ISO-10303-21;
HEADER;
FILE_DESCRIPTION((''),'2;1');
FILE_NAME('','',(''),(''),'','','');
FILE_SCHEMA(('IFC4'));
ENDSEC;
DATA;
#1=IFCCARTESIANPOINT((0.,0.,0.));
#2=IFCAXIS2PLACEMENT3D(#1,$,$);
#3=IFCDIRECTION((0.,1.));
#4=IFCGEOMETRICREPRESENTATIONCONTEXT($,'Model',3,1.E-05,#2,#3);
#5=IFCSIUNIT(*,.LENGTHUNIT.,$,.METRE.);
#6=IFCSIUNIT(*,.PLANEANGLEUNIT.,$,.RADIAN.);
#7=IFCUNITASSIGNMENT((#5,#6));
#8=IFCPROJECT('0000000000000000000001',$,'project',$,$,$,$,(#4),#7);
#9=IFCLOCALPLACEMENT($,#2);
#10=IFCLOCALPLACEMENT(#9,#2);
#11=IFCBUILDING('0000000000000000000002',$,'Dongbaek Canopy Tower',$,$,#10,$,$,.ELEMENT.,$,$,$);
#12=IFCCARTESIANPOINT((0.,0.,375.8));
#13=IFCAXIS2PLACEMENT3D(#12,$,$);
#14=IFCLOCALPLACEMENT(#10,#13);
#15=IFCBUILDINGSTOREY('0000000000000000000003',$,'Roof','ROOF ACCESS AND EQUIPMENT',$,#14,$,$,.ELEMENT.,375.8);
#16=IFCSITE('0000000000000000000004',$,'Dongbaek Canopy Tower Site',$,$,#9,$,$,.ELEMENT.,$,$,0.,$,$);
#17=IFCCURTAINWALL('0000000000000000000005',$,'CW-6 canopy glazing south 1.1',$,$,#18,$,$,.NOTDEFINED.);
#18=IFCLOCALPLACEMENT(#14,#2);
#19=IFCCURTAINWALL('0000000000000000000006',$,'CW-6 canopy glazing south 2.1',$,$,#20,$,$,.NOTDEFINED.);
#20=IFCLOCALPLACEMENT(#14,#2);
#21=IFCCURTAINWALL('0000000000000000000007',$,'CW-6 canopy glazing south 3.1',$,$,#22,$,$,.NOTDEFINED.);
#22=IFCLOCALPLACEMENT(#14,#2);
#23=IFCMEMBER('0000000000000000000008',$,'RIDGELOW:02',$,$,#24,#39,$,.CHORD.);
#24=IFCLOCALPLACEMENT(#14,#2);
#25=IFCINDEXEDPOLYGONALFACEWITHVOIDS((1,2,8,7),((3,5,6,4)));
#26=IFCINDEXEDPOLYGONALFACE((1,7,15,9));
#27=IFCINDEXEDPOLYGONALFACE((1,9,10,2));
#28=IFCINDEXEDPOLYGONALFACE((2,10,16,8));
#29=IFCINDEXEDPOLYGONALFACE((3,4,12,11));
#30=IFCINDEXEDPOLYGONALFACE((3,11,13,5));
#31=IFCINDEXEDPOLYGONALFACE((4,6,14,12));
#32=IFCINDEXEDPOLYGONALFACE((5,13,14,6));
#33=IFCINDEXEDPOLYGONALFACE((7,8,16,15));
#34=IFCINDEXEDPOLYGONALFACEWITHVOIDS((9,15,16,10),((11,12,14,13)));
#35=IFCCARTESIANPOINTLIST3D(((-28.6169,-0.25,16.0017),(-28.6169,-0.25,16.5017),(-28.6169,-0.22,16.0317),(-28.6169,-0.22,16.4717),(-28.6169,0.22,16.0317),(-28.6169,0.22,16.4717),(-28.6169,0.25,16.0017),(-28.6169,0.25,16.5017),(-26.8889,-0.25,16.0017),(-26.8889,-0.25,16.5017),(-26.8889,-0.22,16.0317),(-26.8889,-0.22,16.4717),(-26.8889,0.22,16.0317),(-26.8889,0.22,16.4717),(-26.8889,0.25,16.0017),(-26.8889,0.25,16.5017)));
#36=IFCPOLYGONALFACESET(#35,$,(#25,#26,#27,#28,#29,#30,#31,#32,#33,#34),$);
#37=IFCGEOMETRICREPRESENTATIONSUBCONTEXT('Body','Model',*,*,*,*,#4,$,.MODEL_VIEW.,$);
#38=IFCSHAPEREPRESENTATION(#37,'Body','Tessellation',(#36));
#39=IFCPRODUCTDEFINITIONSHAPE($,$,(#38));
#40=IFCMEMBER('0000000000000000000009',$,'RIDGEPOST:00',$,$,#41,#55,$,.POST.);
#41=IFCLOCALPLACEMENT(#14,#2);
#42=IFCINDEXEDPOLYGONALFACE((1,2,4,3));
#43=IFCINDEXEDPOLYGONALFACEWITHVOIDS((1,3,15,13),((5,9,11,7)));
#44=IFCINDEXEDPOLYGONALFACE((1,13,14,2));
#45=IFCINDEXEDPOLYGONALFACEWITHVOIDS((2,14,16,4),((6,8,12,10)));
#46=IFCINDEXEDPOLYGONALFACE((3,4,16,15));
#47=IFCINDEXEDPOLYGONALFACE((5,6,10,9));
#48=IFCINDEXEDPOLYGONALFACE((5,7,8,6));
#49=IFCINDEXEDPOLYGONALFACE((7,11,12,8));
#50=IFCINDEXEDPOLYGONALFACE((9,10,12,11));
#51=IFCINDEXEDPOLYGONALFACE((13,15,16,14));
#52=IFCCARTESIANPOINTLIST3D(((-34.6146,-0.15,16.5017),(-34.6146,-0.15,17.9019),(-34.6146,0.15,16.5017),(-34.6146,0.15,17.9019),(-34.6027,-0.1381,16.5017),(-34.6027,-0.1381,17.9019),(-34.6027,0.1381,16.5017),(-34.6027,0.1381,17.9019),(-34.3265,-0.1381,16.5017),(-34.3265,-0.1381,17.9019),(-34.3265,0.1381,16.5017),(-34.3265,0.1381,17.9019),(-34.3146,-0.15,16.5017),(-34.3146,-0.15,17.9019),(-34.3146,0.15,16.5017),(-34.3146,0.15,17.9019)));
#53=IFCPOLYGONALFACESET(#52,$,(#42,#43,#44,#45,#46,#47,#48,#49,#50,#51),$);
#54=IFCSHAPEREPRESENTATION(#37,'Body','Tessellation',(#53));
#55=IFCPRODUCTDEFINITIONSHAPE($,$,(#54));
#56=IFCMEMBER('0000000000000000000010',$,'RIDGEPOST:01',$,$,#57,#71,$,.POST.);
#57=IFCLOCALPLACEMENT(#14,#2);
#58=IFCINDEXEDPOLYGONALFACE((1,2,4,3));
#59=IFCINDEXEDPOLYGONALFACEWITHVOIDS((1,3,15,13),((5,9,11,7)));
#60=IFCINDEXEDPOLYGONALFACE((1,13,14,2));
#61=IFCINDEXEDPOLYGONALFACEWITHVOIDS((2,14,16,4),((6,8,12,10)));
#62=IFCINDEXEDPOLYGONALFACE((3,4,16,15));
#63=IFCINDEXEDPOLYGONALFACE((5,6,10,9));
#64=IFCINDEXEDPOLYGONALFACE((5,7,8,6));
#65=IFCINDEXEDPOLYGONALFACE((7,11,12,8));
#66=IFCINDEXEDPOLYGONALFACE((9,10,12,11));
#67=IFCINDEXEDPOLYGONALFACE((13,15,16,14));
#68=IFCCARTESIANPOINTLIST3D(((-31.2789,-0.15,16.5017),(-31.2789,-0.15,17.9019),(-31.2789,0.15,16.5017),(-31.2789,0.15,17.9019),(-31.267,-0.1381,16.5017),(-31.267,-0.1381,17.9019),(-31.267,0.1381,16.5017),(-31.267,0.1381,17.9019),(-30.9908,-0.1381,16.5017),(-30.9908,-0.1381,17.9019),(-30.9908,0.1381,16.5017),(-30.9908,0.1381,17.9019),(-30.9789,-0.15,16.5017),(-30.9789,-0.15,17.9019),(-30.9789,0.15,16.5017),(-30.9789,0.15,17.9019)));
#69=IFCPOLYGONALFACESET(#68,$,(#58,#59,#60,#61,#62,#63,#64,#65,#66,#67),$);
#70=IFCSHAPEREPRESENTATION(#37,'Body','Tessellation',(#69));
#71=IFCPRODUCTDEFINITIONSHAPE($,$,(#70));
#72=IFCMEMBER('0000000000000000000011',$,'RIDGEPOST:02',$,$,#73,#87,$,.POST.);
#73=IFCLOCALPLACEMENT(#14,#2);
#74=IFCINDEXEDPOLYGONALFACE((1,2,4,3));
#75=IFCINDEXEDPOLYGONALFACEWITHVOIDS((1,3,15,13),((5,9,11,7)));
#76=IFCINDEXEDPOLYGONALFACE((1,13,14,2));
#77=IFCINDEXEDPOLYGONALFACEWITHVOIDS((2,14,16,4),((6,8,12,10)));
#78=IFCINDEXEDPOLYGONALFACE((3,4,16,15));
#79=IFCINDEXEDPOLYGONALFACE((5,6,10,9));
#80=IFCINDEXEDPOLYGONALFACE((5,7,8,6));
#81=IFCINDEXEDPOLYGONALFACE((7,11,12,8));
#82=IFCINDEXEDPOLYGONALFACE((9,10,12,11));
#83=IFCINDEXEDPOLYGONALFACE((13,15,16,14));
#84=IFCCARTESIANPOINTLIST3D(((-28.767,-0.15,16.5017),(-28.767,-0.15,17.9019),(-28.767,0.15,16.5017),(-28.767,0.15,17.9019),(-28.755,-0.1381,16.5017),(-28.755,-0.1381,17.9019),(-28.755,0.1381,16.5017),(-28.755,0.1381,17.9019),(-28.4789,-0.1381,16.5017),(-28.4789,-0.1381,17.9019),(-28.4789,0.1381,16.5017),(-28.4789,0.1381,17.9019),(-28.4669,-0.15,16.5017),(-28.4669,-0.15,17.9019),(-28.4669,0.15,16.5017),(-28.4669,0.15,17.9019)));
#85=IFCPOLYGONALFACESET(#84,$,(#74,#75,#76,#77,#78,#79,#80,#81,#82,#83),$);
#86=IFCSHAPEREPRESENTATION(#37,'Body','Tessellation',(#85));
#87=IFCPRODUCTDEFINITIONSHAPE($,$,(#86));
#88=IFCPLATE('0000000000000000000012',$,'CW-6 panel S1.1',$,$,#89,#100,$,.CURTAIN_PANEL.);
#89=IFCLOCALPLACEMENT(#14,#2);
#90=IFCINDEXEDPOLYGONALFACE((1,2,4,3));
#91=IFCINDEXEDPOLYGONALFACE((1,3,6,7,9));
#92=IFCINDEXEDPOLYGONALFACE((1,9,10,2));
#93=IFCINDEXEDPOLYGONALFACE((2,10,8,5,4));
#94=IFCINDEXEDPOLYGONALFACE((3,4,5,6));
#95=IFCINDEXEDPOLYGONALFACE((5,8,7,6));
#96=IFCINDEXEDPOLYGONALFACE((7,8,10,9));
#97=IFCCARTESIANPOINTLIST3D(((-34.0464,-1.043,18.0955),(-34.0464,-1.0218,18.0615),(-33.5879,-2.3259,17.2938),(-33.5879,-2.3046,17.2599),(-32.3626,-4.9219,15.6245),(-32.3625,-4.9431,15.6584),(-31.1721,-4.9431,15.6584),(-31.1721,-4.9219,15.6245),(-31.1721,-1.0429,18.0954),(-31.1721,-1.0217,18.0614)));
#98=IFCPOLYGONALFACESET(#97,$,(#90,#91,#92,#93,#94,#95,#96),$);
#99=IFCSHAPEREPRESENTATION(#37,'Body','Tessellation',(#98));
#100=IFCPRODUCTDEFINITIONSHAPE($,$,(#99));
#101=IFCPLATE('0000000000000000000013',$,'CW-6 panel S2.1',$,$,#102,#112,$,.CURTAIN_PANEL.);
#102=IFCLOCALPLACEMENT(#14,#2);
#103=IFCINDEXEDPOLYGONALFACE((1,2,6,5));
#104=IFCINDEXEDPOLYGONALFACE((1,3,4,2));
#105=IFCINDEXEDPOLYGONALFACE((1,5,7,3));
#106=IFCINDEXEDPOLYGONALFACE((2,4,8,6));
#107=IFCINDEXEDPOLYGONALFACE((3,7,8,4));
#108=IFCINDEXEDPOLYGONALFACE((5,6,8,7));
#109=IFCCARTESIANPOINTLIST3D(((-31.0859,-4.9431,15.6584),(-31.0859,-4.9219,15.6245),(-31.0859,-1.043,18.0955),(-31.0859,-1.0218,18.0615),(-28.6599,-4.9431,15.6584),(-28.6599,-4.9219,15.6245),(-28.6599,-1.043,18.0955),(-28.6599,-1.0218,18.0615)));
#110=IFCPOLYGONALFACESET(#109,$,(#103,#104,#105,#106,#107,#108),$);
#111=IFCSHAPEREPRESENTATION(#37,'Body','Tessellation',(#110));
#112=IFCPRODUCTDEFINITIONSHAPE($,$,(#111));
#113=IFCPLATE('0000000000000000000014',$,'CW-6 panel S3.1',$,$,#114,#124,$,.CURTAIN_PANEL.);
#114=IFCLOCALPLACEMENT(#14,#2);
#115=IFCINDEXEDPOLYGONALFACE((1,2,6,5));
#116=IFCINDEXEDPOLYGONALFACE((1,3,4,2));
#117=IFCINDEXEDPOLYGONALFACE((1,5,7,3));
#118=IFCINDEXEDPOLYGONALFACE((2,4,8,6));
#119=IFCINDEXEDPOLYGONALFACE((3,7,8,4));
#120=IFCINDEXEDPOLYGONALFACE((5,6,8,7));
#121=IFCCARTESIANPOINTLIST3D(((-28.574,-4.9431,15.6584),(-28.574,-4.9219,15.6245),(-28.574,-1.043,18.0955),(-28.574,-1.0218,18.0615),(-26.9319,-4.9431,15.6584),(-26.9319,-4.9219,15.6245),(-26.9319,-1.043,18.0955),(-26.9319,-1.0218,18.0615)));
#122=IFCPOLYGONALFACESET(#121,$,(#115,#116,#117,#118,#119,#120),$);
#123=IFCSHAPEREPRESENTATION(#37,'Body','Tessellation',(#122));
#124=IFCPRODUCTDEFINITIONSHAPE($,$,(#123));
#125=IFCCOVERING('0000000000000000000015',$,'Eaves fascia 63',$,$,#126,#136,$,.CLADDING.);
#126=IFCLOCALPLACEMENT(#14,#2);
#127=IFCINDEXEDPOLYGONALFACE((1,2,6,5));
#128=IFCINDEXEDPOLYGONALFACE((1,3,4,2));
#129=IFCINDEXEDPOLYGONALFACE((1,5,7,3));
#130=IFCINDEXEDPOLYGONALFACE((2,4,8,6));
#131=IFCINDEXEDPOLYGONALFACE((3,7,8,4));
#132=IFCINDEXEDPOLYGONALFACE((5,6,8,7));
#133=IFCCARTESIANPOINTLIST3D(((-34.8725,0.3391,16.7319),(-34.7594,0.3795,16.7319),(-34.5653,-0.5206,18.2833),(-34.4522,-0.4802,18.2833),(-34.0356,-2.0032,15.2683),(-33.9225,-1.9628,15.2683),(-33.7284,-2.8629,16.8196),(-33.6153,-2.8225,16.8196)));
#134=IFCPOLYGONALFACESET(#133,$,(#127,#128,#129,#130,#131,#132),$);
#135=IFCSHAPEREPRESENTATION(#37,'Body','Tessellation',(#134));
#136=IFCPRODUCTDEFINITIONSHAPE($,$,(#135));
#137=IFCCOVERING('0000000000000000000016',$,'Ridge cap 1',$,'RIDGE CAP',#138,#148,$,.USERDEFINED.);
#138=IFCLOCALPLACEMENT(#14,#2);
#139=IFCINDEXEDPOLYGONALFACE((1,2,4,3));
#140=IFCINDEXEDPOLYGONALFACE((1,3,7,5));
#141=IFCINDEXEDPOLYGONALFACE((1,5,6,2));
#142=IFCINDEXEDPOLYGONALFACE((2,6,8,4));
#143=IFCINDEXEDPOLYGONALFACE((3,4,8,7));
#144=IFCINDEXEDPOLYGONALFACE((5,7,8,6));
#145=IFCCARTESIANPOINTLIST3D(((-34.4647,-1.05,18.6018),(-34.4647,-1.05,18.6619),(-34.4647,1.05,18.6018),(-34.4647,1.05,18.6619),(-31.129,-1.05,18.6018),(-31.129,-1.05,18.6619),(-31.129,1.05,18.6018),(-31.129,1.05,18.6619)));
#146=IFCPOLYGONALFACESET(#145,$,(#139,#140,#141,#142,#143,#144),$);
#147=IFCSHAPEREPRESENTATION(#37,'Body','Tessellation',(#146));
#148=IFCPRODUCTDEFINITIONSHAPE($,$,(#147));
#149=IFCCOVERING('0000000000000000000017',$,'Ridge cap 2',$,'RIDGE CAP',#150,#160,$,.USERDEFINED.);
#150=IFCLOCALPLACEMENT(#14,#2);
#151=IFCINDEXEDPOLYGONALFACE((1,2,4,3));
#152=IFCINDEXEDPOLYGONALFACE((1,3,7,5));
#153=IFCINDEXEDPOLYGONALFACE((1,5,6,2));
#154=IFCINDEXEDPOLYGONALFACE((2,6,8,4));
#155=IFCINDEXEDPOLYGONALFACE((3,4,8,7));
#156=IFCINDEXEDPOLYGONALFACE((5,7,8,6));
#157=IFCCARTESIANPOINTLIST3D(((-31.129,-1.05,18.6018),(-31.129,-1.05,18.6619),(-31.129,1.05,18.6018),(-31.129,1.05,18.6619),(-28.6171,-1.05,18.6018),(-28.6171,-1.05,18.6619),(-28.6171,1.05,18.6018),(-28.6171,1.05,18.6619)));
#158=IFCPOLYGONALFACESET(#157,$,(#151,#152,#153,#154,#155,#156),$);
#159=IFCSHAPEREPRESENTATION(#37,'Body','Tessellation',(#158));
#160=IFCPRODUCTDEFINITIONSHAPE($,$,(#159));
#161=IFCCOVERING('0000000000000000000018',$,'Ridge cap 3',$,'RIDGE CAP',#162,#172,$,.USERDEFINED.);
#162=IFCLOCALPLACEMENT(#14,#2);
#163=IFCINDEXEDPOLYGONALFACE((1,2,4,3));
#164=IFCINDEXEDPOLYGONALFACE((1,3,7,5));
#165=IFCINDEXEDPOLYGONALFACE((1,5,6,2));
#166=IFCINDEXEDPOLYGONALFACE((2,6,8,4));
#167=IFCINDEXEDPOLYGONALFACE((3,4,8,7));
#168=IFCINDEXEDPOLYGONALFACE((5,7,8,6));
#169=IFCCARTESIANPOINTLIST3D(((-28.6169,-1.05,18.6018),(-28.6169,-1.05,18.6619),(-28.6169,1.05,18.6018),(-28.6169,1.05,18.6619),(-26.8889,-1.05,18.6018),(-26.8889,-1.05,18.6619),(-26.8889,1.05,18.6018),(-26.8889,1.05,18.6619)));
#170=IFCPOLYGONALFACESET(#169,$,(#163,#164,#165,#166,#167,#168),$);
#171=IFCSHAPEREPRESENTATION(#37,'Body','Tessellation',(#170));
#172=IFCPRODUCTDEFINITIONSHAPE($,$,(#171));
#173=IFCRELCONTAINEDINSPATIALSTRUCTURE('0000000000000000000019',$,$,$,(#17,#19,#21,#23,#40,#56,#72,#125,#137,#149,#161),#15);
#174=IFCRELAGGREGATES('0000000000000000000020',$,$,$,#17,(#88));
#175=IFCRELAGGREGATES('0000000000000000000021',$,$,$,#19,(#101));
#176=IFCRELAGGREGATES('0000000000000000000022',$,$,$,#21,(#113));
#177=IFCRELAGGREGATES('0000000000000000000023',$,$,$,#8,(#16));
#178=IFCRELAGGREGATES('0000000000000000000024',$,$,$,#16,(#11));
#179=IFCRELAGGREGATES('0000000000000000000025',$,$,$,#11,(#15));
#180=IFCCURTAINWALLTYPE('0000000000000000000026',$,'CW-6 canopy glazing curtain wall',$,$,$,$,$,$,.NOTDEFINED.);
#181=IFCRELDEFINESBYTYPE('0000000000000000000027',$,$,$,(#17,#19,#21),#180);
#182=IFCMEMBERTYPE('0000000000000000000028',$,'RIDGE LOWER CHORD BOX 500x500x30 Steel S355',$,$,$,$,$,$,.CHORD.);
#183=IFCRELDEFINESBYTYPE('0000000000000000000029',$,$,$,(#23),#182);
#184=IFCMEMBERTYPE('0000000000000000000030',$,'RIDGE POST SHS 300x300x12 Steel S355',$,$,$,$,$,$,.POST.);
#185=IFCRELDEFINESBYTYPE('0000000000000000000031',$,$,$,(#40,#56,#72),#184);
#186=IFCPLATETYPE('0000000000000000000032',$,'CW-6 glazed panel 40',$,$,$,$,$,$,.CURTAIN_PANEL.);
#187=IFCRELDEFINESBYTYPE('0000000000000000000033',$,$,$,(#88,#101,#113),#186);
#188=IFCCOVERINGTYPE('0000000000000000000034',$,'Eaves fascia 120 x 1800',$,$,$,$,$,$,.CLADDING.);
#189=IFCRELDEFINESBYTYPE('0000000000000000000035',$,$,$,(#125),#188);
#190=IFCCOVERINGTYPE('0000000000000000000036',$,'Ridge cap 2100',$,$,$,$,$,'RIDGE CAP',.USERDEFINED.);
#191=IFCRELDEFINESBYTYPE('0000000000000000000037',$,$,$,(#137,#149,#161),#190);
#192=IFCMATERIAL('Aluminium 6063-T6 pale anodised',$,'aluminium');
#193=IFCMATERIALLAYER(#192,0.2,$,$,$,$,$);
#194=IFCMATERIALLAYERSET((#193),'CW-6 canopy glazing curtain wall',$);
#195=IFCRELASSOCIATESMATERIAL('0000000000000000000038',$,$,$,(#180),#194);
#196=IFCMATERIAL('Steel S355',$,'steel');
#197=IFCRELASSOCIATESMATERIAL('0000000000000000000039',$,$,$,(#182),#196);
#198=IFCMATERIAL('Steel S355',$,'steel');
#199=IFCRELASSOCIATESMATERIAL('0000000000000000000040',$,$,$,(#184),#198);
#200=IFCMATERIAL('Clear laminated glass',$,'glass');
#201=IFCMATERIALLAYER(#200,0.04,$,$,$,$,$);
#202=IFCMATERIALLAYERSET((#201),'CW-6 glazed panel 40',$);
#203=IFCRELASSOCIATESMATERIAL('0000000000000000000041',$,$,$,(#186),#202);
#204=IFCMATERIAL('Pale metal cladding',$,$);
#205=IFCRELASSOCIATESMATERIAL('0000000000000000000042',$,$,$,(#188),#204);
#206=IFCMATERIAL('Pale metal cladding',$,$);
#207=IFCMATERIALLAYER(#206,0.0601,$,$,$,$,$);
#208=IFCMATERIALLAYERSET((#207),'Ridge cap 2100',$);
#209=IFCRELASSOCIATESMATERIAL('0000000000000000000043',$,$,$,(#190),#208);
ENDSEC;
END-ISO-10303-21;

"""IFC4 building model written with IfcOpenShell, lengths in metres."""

from ifc_helpers import new_model, si_unit, direction, frame, origin, origin_2d, place, context, subcontext, project, spatial, polyline, rectangle, hollow_rectangle, outline, extrude, material, layer, layer_set, material_profile, profile_set, type_object, element, aggregate, save


model = new_model("IFC4")

# Units and contexts
model_context = context("Model", 3, precision=1e-05, world=origin(), true_north=direction((0.0, 1.0)))
body_context = subcontext(model_context, "Body", "Model", "MODEL_VIEW")
ifc_project = project(units=[si_unit("LENGTHUNIT", "METRE"), si_unit("PLANEANGLEUNIT", "RADIAN")], contexts=[model_context])

# Site, building, storey
site_placement = place(None, origin())
site = spatial("IfcSite", under=ifc_project, at=site_placement, Name="Dongbaek Canopy Tower Site", CompositionType="ELEMENT", RefElevation=0.0)
building_placement = place(site_placement, origin())
building = spatial("IfcBuilding", under=site, at=building_placement, Name="Dongbaek Canopy Tower", CompositionType="ELEMENT")
storey_placement = place(building_placement, frame((0.0, 0.0, 375.8)))
storey = spatial("IfcBuildingStorey", under=building, at=storey_placement, Name="Roof", Description="ROOF ACCESS AND EQUIPMENT", CompositionType="ELEMENT", Elevation=375.8)

# Curtain walls
ifc_material_1 = material(Name="Aluminium 6063-T6 pale anodised", Category="aluminium")
ifc_layer_1 = layer(ifc_material_1, 0.2)
ifc_layer_set_1 = layer_set([ifc_layer_1], Name="CW-6 canopy glazing curtain wall")
curtain_wall_type = type_object("IfcCurtainWallType", Name="CW-6 canopy glazing curtain wall", PredefinedType="NOTDEFINED", material=ifc_layer_set_1)
curtain_wall_1_placement = place(storey_placement, origin())
curtain_wall_1 = element("IfcCurtainWall", 1, at=curtain_wall_1_placement, inside=storey, type_object=curtain_wall_type, Name="CW-6 canopy glazing south 1.1", PredefinedType="NOTDEFINED")
curtain_wall_2_placement = place(storey_placement, origin())
curtain_wall_2 = element("IfcCurtainWall", 2, at=curtain_wall_2_placement, inside=storey, type_object=curtain_wall_type, Name="CW-6 canopy glazing south 2.1", PredefinedType="NOTDEFINED")

# Curtain wall
curtain_wall_3_placement = place(storey_placement, origin())
curtain_wall_3 = element("IfcCurtainWall", 3, at=curtain_wall_3_placement, inside=storey, type_object=curtain_wall_type, Name="CW-6 canopy glazing south 3.1", PredefinedType="NOTDEFINED")

# Members
ifc_material_2 = material(Name="Steel S355", Category="steel")
ifc_material_profile_1 = material_profile(ifc_material_2, hollow_rectangle(XDim=0.5, YDim=0.5, WallThickness=0.03, at=origin_2d()), Name="RIDGE LOWER CHORD BOX 500x500x30 Steel S355")
ifc_profile_set_1 = profile_set([ifc_material_profile_1], Name="Steel S355")
member_type_1 = type_object("IfcMemberType", Name="RIDGE LOWER CHORD BOX 500x500x30 Steel S355", PredefinedType="CHORD", material=ifc_profile_set_1)
member_1_placement = place(storey_placement, frame((-28.6169, 0.0, 16.2517), z_axis=(1.0, 0.0, 0.0), x_axis=(0.0, 1.0, 0.0)))
element("IfcMember", 4, at=member_1_placement, inside=storey, type_object=member_type_1, Name="RIDGELOW:02", PredefinedType="CHORD", context=body_context, shape_type="SweptSolid", body=[
    extrude(hollow_rectangle(XDim=0.5, YDim=0.5, WallThickness=0.03, at=origin_2d()), origin(), (0.0, 0.0, 1.0), 1.728),
])
ifc_material_3 = material(Name="Steel S355", Category="steel")
ifc_material_profile_2 = material_profile(ifc_material_3, hollow_rectangle(XDim=0.3, YDim=0.3, WallThickness=0.012, at=origin_2d()), Name="RIDGE POST SHS 300x300x12 Steel S355")
ifc_profile_set_2 = profile_set([ifc_material_profile_2], Name="Steel S355")
member_type_2 = type_object("IfcMemberType", Name="RIDGE POST SHS 300x300x12 Steel S355", PredefinedType="POST", material=ifc_profile_set_2)
for number, where, z_axis, x_axis, name in (
    (5, (-34.4646, 0.0, 16.5017), (0.0, 0.0, 1.0), (1.0, 0.0, 0.0), "RIDGEPOST:00"),
    (6, (-31.1289, 0.0, 16.5017), (0.0, 0.0, 1.0), (1.0, 0.0, 0.0), "RIDGEPOST:01"),
    (7, (-28.6169, 0.0, 16.5017), (0.0, 0.0, 1.0), (1.0, 0.0, 0.0), "RIDGEPOST:02"),
):
    element("IfcMember", number, at=place(storey_placement, frame(where, z_axis=z_axis, x_axis=x_axis)), inside=storey, type_object=member_type_2, Name=name, PredefinedType="POST", context=body_context, shape_type="SweptSolid", body=[
        extrude(hollow_rectangle(XDim=0.3, YDim=0.3, WallThickness=0.012, at=origin_2d()), origin(), (0.0, 0.0, 1.0), 1.4001),
    ])

# Plates
ifc_material_4 = material(Name="Clear laminated glass", Category="glass")
ifc_layer_2 = layer(ifc_material_4, 0.04)
ifc_layer_set_2 = layer_set([ifc_layer_2], Name="CW-6 glazed panel 40")
plate_type = type_object("IfcPlateType", Name="CW-6 glazed panel 40", PredefinedType="CURTAIN_PANEL", material=ifc_layer_set_2)
plate_1_placement = place(storey_placement, frame((-34.0464, -1.043, 18.0955), z_axis=(0.00003, -0.529899, 0.848061), x_axis=(1.0, 0.000016, -0.000025)))
plate_1 = element("IfcPlate", 8, at=plate_1_placement, type_object=plate_type, Name="CW-6 panel S1.1", PredefinedType="CURTAIN_PANEL", context=body_context, shape_type="SweptSolid", body=[
    extrude(outline(polyline([(0.0, 0.0), (2.8743, 0.0), (2.8743, -4.5989), (1.6838, -4.5989), (0.4585, -1.5127), (0.0, 0.0)])), origin(), (0.0, 0.0, -1.0), 0.04),
])
aggregate(curtain_wall_1, [plate_1])
plate_2_placement = place(storey_placement, frame((-31.0859, -1.043, 18.0955), z_axis=(0.0, -0.529908, 0.848055), x_axis=(1.0, 0.0, 0.0)))
plate_2 = element("IfcPlate", 9, at=plate_2_placement, type_object=plate_type, Name="CW-6 panel S2.1", PredefinedType="CURTAIN_PANEL", context=body_context, shape_type="SweptSolid", body=[
    extrude(outline(polyline([(0.0, 0.0), (2.426, 0.0), (2.426, -4.5989), (0.0, -4.5989), (0.0, 0.0)])), origin(), (0.0, 0.0, -1.0), 0.04),
])
aggregate(curtain_wall_2, [plate_2])
plate_3_placement = place(storey_placement, frame((-28.574, -1.043, 18.0955), z_axis=(0.0, -0.529908, 0.848055), x_axis=(1.0, 0.0, 0.0)))
plate_3 = element("IfcPlate", 10, at=plate_3_placement, type_object=plate_type, Name="CW-6 panel S3.1", PredefinedType="CURTAIN_PANEL", context=body_context, shape_type="SweptSolid", body=[
    extrude(outline(polyline([(0.0, 0.0), (1.6421, 0.0), (1.6421, -4.5989), (0.0, -4.5989), (0.0, 0.0)])), origin(), (0.0, 0.0, -1.0), 0.04),
])
aggregate(curtain_wall_3, [plate_3])

# Coverings
ifc_material_5 = material(Name="Pale metal cladding")
ifc_material_profile_3 = material_profile(ifc_material_5, rectangle(XDim=0.1201, YDim=1.8, at=origin_2d()), Name="Eaves fascia 120 x 1800")
ifc_profile_set_3 = profile_set([ifc_material_profile_3], Name="Pale metal cladding")
covering_type_1 = type_object("IfcCoveringType", Name="Eaves fascia 120 x 1800", PredefinedType="CLADDING", material=ifc_profile_set_3)
covering_1_placement = place(storey_placement, frame((-34.6624, -0.0706, 17.5076), z_axis=(0.289992, -0.811606, -0.507148), x_axis=(0.941693, 0.336473, 0.0)))
element("IfcCovering", 11, at=covering_1_placement, inside=storey, type_object=covering_type_1, Name="Eaves fascia 63", PredefinedType="CLADDING", context=body_context, shape_type="SweptSolid", body=[
    extrude(rectangle(XDim=0.1201, YDim=1.8, at=origin_2d()), origin(), (0.0, 0.0, 1.0), 2.886),
])
ifc_material_6 = material(Name="Pale metal cladding")
ifc_layer_3 = layer(ifc_material_6, 0.0601)
ifc_layer_set_3 = layer_set([ifc_layer_3], Name="Ridge cap 2100")
covering_type_2 = type_object("IfcCoveringType", Name="Ridge cap 2100", ElementType="RIDGE CAP", PredefinedType="USERDEFINED", material=ifc_layer_set_3)
covering_2_placement = place(storey_placement, frame((-32.7969, 0.0, 18.6018), z_axis=(0.0, 0.0, 1.0), x_axis=(1.0, 0.0, 0.0)))
element("IfcCovering", 12, at=covering_2_placement, inside=storey, type_object=covering_type_2, Name="Ridge cap 1", ObjectType="RIDGE CAP", PredefinedType="USERDEFINED", context=body_context, shape_type="SweptSolid", body=[
    extrude(rectangle(XDim=3.3357, YDim=2.1001, at=origin_2d()), origin(), (0.0, 0.0, 1.0), 0.0601),
])
covering_3_placement = place(storey_placement, frame((-29.873, 0.0, 18.6018), z_axis=(0.0, 0.0, 1.0), x_axis=(1.0, 0.0, 0.0)))
element("IfcCovering", 13, at=covering_3_placement, inside=storey, type_object=covering_type_2, Name="Ridge cap 2", ObjectType="RIDGE CAP", PredefinedType="USERDEFINED", context=body_context, shape_type="SweptSolid", body=[
    extrude(rectangle(XDim=2.512, YDim=2.1001, at=origin_2d()), origin(), (0.0, 0.0, 1.0), 0.0601),
])
covering_4_placement = place(storey_placement, frame((-27.7529, 0.0, 18.6018), z_axis=(0.0, 0.0, 1.0), x_axis=(1.0, 0.0, 0.0)))
element("IfcCovering", 14, at=covering_4_placement, inside=storey, type_object=covering_type_2, Name="Ridge cap 3", ObjectType="RIDGE CAP", PredefinedType="USERDEFINED", context=body_context, shape_type="SweptSolid", body=[
    extrude(rectangle(XDim=1.728, YDim=2.1001, at=origin_2d()), origin(), (0.0, 0.0, 1.0), 0.0601),
])

save(model, "model.ifc")
